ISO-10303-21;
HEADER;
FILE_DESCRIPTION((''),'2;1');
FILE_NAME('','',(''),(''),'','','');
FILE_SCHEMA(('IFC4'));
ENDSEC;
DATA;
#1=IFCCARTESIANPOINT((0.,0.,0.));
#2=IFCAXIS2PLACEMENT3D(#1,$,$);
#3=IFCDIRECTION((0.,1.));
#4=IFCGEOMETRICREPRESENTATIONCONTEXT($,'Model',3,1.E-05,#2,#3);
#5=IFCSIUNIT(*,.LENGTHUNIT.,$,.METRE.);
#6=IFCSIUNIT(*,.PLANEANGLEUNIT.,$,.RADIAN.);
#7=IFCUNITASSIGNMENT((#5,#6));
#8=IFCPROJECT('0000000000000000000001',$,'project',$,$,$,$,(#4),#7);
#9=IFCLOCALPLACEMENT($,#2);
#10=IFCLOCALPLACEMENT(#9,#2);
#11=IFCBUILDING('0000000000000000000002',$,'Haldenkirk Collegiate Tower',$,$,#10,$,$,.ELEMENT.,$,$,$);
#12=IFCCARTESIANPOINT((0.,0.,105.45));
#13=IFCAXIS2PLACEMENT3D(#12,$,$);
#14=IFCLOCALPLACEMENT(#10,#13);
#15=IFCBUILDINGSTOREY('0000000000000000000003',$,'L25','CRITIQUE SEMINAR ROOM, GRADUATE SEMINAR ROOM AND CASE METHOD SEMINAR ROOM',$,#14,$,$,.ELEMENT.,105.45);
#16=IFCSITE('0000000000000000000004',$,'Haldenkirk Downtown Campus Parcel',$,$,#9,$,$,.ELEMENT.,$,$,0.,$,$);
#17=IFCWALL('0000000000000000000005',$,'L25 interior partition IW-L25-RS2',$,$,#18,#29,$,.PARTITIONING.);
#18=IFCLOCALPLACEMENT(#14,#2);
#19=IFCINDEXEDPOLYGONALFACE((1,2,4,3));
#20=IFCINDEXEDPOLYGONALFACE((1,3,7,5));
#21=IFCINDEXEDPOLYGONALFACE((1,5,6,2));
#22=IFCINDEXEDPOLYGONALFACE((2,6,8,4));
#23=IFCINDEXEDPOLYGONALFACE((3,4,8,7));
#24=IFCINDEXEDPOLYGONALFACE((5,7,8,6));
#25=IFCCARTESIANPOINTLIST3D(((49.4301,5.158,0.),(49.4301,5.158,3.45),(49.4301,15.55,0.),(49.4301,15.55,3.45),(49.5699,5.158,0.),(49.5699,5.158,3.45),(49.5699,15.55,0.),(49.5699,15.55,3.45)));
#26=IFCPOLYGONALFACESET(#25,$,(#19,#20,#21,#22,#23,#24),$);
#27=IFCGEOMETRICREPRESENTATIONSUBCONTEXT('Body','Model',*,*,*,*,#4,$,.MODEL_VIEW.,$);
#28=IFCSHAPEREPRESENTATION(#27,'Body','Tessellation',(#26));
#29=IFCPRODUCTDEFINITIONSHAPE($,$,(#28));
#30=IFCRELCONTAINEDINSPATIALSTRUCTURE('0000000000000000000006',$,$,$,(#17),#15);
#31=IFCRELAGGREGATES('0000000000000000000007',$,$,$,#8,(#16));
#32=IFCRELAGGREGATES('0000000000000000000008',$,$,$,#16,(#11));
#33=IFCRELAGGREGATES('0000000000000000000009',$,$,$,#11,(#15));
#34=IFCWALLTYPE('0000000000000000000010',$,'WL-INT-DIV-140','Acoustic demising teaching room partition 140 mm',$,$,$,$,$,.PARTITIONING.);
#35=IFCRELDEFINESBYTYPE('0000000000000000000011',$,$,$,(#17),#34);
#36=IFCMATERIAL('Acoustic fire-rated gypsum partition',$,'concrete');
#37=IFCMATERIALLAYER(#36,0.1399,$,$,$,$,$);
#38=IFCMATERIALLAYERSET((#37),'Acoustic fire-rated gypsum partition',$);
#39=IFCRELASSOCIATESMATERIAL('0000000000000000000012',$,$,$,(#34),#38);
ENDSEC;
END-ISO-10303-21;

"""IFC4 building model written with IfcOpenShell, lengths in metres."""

from ifc_helpers import new_model, si_unit, direction, frame, frame_2d, origin, place, context, subcontext, project, spatial, rectangle, extrude, material, layer, layer_set, type_object, element, save


model = new_model("IFC4")

# Units and contexts
model_context = context("Model", 3, precision=1e-05, world=origin(), true_north=direction((0.0, 1.0)))
body_context = subcontext(model_context, "Body", "Model", "MODEL_VIEW")
ifc_project = project(units=[si_unit("LENGTHUNIT", "METRE"), si_unit("PLANEANGLEUNIT", "RADIAN")], contexts=[model_context])

# Site, building, storey
site_placement = place(None, origin())
site = spatial("IfcSite", under=ifc_project, at=site_placement, Name="Haldenkirk Downtown Campus Parcel", CompositionType="ELEMENT", RefElevation=0.0)
building_placement = place(site_placement, origin())
building = spatial("IfcBuilding", under=site, at=building_placement, Name="Haldenkirk Collegiate Tower", CompositionType="ELEMENT")
storey_placement = place(building_placement, frame((0.0, 0.0, 105.45)))
storey = spatial("IfcBuildingStorey", under=building, at=storey_placement, Name="L25", Description="CRITIQUE SEMINAR ROOM, GRADUATE SEMINAR ROOM AND CASE METHOD SEMINAR ROOM", CompositionType="ELEMENT", Elevation=105.45)

# Shared definitions
ifc_material_1 = material(Name="Acoustic fire-rated gypsum partition", Category="concrete")
ifc_layer_1 = layer(ifc_material_1, 0.1399)
ifc_layer_set_1 = layer_set([ifc_layer_1], Name="Acoustic fire-rated gypsum partition")
wall_type_1 = type_object("IfcWallType", Name="WL-INT-DIV-140", Description="Acoustic demising teaching room partition 140 mm", PredefinedType="PARTITIONING", material=ifc_layer_set_1)

# Wall
wall_1_placement = place(storey_placement, frame((49.5, 5.158, 0.0), z_axis=(0.0, 0.0, 1.0), x_axis=(0.0, 1.0, 0.0)))
element("IfcWall", 1, at=wall_1_placement, inside=storey, type_object=wall_type_1, Name="L25 interior partition IW-L25-RS2", PredefinedType="PARTITIONING", context=body_context, shape_type="SweptSolid", body=[
    extrude(rectangle(XDim=10.3921, YDim=0.1399, at=frame_2d((5.196, 0.0))), origin(), (0.0, 0.0, 1.0), 3.45),
])

save(model, "model.ifc")
